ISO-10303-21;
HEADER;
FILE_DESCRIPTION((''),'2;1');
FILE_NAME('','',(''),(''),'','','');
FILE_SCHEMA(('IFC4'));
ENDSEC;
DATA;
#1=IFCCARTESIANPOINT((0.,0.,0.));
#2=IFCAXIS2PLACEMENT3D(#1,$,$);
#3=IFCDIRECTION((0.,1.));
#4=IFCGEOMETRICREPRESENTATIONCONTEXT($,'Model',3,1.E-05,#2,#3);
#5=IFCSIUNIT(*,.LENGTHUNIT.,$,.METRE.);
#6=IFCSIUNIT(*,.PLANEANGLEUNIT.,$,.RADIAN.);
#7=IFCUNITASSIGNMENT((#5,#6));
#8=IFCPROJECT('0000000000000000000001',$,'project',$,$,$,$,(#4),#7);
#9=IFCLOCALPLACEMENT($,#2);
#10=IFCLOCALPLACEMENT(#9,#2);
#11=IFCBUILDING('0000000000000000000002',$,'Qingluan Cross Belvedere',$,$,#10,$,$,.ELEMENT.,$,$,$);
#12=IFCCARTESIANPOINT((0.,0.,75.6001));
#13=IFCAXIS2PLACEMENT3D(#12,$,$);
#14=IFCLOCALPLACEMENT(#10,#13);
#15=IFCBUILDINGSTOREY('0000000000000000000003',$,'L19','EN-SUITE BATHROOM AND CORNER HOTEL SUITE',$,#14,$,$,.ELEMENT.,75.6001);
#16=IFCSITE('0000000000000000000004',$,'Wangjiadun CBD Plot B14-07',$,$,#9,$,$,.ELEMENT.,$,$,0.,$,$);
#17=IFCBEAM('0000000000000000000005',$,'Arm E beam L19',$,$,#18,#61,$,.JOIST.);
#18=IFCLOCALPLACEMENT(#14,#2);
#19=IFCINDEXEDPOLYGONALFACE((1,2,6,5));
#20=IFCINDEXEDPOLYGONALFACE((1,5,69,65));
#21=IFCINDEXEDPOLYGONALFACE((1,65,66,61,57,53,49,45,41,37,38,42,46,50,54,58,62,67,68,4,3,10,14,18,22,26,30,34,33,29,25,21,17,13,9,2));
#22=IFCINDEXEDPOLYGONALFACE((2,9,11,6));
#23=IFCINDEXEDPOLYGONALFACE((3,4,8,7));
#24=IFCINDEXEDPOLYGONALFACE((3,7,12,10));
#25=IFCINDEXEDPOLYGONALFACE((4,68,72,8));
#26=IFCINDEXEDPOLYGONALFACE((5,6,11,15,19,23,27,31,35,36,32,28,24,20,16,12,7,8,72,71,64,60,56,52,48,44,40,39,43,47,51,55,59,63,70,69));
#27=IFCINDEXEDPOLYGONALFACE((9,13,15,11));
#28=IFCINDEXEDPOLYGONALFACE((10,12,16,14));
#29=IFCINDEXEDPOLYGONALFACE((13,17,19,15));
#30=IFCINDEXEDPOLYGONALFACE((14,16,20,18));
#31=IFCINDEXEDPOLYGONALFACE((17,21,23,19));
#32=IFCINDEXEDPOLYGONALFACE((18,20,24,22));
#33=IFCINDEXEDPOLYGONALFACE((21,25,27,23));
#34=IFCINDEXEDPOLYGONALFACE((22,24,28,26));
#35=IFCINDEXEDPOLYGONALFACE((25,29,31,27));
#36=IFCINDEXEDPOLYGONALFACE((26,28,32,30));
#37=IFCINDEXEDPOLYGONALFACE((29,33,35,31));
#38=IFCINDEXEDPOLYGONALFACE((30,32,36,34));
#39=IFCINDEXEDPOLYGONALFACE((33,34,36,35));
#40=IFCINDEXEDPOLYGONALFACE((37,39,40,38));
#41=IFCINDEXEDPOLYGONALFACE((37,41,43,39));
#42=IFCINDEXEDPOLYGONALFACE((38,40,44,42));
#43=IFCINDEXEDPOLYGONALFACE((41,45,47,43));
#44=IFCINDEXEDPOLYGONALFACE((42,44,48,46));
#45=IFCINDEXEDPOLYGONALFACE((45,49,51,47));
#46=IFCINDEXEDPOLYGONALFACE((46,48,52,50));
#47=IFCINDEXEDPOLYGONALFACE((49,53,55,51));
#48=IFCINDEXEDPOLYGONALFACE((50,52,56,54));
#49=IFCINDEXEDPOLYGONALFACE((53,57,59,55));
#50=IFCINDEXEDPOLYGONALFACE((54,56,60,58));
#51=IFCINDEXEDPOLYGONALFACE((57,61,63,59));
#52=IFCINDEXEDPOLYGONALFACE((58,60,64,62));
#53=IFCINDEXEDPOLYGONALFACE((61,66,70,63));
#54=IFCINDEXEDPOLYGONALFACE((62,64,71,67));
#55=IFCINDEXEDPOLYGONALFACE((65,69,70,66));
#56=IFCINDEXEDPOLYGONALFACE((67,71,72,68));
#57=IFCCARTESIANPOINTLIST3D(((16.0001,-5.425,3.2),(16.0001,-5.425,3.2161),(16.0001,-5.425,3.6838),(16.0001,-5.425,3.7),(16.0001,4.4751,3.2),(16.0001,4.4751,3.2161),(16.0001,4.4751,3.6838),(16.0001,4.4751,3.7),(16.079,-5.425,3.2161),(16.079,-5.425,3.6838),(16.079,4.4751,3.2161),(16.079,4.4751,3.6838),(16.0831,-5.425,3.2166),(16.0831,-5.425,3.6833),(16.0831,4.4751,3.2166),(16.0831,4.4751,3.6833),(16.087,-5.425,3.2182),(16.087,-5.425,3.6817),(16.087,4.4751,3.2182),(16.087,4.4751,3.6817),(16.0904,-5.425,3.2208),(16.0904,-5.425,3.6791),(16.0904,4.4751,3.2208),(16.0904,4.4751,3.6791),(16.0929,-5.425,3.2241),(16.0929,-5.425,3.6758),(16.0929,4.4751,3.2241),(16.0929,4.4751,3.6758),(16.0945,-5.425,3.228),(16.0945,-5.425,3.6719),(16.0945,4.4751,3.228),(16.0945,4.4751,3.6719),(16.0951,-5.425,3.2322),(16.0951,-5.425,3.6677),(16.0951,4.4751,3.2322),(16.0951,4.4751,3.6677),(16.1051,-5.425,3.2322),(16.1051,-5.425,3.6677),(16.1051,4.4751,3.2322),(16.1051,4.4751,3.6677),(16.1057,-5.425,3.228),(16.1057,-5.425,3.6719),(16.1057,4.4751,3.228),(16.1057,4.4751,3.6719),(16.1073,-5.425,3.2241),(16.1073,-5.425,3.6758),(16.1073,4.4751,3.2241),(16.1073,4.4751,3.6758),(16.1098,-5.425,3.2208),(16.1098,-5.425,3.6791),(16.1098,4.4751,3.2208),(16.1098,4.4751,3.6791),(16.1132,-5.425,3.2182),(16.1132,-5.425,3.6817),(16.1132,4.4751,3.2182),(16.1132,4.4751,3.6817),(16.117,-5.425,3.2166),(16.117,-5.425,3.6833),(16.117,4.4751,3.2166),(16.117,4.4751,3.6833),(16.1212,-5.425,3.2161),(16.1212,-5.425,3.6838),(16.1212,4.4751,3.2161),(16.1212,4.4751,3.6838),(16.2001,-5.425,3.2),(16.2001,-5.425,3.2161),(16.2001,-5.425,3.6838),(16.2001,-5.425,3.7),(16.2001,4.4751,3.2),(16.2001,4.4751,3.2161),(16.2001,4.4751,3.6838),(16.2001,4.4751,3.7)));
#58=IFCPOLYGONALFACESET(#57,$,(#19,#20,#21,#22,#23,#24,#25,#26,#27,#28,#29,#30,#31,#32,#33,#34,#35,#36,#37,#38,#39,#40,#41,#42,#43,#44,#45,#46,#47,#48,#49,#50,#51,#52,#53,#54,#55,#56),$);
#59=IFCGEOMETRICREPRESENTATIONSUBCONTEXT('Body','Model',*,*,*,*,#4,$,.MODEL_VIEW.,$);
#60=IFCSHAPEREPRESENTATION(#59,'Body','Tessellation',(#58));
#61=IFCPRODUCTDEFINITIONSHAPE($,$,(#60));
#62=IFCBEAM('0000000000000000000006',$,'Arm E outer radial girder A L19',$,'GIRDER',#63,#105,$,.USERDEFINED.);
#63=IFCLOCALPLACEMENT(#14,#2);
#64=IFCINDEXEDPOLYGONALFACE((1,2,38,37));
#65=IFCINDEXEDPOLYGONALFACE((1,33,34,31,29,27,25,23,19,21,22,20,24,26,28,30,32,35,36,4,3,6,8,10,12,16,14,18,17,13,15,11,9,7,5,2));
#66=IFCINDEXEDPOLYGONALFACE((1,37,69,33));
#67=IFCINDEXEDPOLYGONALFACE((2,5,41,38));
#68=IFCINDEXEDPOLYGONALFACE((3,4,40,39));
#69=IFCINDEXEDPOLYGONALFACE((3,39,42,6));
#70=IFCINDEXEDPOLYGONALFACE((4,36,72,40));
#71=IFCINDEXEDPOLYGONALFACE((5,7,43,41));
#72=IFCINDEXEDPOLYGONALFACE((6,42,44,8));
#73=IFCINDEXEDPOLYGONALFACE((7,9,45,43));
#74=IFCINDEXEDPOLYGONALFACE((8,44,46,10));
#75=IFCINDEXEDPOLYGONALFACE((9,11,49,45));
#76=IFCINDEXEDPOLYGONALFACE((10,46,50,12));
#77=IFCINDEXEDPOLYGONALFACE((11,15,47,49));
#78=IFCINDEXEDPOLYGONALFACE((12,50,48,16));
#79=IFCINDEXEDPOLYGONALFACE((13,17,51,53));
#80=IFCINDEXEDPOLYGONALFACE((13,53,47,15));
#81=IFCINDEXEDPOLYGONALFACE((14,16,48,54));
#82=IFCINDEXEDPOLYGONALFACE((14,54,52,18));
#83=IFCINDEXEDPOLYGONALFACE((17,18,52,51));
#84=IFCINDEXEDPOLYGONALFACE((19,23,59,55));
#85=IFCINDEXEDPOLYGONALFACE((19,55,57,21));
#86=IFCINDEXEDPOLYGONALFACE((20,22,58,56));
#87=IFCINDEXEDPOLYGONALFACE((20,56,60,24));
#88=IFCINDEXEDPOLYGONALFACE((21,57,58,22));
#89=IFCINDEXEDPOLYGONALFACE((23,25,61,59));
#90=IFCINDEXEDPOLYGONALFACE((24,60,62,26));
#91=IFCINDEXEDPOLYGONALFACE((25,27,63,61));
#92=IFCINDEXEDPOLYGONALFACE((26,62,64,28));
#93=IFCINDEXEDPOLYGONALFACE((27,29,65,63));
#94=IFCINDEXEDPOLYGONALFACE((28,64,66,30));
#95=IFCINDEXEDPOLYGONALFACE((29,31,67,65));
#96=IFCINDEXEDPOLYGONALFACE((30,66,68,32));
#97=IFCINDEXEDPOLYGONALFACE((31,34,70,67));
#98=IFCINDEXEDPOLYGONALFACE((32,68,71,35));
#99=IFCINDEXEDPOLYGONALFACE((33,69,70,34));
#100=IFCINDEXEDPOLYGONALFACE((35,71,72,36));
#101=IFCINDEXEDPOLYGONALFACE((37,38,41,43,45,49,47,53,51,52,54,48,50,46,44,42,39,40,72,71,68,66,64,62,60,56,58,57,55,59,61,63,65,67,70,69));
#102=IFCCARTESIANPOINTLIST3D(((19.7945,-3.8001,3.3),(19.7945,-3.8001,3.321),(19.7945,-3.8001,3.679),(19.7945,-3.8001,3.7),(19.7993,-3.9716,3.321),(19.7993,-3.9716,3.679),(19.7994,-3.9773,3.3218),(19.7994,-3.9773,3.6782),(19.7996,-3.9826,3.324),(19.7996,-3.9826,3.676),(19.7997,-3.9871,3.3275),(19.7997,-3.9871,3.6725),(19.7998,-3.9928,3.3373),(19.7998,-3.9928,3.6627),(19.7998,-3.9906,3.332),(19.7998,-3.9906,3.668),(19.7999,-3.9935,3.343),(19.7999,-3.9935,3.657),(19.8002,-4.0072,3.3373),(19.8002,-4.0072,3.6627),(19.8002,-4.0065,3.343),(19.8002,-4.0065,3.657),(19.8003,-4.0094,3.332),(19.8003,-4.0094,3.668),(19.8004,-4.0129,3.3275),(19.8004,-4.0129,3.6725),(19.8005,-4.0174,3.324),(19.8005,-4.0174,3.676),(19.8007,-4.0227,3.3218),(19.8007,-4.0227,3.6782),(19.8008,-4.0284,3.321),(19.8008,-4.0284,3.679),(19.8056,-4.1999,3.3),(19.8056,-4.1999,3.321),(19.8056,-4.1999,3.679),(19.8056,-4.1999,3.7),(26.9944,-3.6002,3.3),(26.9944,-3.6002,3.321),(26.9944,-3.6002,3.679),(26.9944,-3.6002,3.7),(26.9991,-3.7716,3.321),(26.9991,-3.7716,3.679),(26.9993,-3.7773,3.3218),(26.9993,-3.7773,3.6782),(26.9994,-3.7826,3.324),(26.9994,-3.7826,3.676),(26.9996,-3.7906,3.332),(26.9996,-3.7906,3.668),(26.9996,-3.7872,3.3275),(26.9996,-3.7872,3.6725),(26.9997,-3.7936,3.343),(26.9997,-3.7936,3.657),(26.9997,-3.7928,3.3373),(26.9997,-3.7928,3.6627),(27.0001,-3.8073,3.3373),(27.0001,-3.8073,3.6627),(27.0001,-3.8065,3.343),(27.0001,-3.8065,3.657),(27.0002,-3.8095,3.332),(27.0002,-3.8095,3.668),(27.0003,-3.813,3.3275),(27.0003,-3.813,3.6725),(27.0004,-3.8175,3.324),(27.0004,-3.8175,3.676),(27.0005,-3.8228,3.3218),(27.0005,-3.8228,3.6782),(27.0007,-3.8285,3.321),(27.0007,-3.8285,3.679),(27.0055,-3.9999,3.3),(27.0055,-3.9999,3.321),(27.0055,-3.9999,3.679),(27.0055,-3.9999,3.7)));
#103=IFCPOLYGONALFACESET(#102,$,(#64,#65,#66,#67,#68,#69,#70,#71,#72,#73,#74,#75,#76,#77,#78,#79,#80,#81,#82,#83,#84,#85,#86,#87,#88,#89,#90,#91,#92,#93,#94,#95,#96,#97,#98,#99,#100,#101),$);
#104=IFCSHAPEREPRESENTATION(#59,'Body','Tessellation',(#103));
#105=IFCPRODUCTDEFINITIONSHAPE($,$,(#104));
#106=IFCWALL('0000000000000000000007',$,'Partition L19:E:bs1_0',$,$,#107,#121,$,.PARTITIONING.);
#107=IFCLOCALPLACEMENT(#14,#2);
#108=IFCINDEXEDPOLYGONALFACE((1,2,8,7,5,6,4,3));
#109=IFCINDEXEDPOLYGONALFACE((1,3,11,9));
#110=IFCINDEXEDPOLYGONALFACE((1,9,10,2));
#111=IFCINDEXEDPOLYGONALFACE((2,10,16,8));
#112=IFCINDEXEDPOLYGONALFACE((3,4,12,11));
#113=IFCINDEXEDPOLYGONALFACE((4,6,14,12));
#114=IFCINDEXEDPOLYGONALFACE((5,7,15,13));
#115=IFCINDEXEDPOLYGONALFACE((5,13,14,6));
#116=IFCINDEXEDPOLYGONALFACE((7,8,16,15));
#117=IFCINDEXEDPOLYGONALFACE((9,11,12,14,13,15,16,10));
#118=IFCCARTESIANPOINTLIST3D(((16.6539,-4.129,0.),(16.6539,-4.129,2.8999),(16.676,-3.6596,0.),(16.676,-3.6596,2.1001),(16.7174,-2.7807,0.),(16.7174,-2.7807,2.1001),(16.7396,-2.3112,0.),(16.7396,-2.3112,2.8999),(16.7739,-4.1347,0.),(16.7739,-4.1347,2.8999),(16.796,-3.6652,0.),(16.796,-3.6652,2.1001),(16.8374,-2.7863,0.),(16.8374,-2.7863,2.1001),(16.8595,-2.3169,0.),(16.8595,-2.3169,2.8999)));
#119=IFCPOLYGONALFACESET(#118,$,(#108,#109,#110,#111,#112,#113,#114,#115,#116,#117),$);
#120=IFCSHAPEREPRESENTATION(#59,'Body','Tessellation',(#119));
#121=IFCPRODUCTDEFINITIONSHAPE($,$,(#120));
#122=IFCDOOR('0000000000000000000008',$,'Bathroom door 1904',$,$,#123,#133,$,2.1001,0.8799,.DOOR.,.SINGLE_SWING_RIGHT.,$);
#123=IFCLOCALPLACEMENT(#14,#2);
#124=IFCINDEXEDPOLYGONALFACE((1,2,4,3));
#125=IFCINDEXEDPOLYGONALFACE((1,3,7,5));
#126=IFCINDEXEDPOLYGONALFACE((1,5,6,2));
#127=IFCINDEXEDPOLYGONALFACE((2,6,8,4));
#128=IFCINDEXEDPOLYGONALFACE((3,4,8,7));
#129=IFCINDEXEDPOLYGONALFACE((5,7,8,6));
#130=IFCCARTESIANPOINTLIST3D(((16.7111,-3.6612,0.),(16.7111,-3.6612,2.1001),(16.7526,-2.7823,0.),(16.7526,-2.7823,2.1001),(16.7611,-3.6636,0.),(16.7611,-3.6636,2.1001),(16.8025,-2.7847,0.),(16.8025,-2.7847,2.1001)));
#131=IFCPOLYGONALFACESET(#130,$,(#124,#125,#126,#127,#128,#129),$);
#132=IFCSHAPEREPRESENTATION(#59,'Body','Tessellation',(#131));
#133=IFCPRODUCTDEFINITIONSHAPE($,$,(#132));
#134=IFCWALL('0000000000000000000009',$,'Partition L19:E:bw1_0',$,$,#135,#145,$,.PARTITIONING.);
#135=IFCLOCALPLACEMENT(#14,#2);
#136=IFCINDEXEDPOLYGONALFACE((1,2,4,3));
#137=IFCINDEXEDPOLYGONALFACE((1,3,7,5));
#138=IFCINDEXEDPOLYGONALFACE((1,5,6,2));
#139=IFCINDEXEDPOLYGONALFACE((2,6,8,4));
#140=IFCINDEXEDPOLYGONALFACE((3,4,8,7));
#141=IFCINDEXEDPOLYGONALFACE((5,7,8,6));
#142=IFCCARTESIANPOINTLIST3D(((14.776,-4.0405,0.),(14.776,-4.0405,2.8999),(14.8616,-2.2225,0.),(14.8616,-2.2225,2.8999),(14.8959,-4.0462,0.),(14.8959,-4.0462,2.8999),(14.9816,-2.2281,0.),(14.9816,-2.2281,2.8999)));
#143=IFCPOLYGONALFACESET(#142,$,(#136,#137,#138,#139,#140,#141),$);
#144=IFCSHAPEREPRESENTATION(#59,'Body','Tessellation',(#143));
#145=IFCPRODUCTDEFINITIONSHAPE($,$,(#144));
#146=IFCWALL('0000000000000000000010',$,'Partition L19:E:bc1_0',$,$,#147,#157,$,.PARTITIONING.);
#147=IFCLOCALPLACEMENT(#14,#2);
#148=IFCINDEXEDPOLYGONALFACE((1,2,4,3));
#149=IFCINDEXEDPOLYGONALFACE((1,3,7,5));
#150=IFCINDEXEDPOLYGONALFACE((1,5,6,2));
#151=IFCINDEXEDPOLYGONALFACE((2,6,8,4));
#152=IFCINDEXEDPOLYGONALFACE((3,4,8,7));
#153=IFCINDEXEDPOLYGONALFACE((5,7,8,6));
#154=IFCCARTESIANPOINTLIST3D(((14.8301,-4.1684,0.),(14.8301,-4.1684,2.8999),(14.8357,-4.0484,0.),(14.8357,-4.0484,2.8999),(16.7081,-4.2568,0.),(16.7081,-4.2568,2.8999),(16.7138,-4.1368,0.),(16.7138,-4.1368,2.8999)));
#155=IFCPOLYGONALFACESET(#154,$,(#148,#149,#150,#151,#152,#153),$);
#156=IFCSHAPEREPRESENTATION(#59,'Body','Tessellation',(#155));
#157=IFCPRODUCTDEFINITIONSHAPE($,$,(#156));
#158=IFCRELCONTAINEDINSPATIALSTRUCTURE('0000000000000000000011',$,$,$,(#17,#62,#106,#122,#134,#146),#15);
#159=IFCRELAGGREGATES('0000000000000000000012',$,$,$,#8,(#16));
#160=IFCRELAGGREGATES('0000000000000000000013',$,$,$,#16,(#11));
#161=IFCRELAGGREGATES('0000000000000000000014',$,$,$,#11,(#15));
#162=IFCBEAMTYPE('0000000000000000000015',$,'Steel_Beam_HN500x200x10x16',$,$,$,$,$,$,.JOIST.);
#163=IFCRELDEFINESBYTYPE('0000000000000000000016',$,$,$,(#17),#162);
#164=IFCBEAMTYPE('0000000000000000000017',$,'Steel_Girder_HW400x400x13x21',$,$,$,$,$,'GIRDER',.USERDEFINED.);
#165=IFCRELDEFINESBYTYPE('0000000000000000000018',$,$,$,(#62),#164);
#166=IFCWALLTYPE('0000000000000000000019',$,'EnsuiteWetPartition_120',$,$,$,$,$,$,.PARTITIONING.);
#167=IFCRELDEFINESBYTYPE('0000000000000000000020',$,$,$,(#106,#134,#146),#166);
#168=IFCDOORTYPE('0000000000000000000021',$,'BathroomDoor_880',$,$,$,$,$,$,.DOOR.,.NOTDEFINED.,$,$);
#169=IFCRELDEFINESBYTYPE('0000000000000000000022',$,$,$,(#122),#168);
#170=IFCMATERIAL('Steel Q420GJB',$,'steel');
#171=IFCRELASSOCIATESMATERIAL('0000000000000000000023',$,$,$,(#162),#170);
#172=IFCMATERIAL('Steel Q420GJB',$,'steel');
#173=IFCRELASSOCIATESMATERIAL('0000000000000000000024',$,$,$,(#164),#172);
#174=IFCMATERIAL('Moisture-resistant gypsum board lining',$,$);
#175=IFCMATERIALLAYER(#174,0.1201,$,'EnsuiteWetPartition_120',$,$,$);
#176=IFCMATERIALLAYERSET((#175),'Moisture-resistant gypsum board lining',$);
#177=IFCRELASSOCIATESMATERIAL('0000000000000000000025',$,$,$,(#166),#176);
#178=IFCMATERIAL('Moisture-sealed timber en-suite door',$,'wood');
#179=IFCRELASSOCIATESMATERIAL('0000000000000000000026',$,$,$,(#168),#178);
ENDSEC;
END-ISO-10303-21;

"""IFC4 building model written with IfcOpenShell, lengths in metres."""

from ifc_helpers import new_model, si_unit, direction, frame, frame_2d, origin, origin_2d, place, context, subcontext, project, spatial, rectangle, i_section, extrude, material, layer, layer_set, material_profile, profile_set, type_object, element, fill, save


model = new_model("IFC4")

# Units and contexts
model_context = context("Model", 3, precision=1e-05, world=origin(), true_north=direction((0.0, 1.0)))
body_context = subcontext(model_context, "Body", "Model", "MODEL_VIEW")
ifc_project = project(units=[si_unit("LENGTHUNIT", "METRE"), si_unit("PLANEANGLEUNIT", "RADIAN")], contexts=[model_context])

# Site, building, storey
site_placement = place(None, origin())
site = spatial("IfcSite", under=ifc_project, at=site_placement, Name="Wangjiadun CBD Plot B14-07", CompositionType="ELEMENT", RefElevation=0.0)
building_placement = place(site_placement, origin())
building = spatial("IfcBuilding", under=site, at=building_placement, Name="Qingluan Cross Belvedere", CompositionType="ELEMENT")
storey_placement = place(building_placement, frame((0.0, 0.0, 75.6001)))
storey = spatial("IfcBuildingStorey", under=building, at=storey_placement, Name="L19", Description="EN-SUITE BATHROOM AND CORNER HOTEL SUITE", CompositionType="ELEMENT", Elevation=75.6001)

# Beams
ifc_material_1 = material(Name="Steel Q420GJB", Category="steel")
ifc_material_profile_1 = material_profile(ifc_material_1, i_section(OverallWidth=0.2, OverallDepth=0.5, WebThickness=0.01, FlangeThickness=0.0161, FilletRadius=0.0161, at=origin_2d()), Name="HN500x200x10x16")
ifc_profile_set_1 = profile_set([ifc_material_profile_1], Name="Steel Q420GJB")
beam_type_1 = type_object("IfcBeamType", Name="Steel_Beam_HN500x200x10x16", PredefinedType="JOIST", material=ifc_profile_set_1)
beam_1_placement = place(storey_placement, frame((16.1001, -5.425, 3.45), z_axis=(0.0, 1.0, 0.0), x_axis=(-1.0, 0.0, 0.0)))
element("IfcBeam", 1, at=beam_1_placement, inside=storey, type_object=beam_type_1, Name="Arm E beam L19", PredefinedType="JOIST", context=body_context, shape_type="SweptSolid", body=[
    extrude(i_section(OverallWidth=0.2, OverallDepth=0.5, WebThickness=0.01, FlangeThickness=0.0161, FilletRadius=0.0161, at=origin_2d()), origin(), (0.0, 0.0, 1.0), 9.9001),
])
ifc_material_2 = material(Name="Steel Q420GJB", Category="steel")
ifc_material_profile_2 = material_profile(ifc_material_2, i_section(OverallWidth=0.3999, OverallDepth=0.3999, WebThickness=0.0129, FlangeThickness=0.021, FilletRadius=0.022, at=origin_2d()), Name="HW400x400x13x21")
ifc_profile_set_2 = profile_set([ifc_material_profile_2], Name="Steel Q420GJB")
beam_type_2 = type_object("IfcBeamType", Name="Steel_Girder_HW400x400x13x21", ElementType="GIRDER", PredefinedType="USERDEFINED", material=ifc_profile_set_2)
beam_2_placement = place(storey_placement, frame((19.8, -4.0, 3.5), z_axis=(0.999615, 0.02776, 0.0), x_axis=(-0.02776, 0.999615, 0.0)))
element("IfcBeam", 2, at=beam_2_placement, inside=storey, type_object=beam_type_2, Name="Arm E outer radial girder A L19", ObjectType="GIRDER", PredefinedType="USERDEFINED", context=body_context, shape_type="SweptSolid", body=[
    extrude(i_section(OverallWidth=0.3999, OverallDepth=0.3999, WebThickness=0.0129, FlangeThickness=0.021, FilletRadius=0.022, at=origin_2d()), origin(), (0.0, 0.0, 1.0), 7.2026),
])

# Wall, opening, door
ifc_material_3 = material(Name="Moisture-resistant gypsum board lining")
ifc_layer_1 = layer(ifc_material_3, 0.1201, Name="EnsuiteWetPartition_120")
ifc_layer_set_1 = layer_set([ifc_layer_1], Name="Moisture-resistant gypsum board lining")
wall_type_1 = type_object("IfcWallType", Name="EnsuiteWetPartition_120", PredefinedType="PARTITIONING", material=ifc_layer_set_1)
wall_1_placement = place(storey_placement, frame((16.7139, -4.1318, 0.0), z_axis=(0.0, 0.0, 1.0), x_axis=(0.047087, 0.998891, 0.0)))
wall_1 = element("IfcWall", 3, at=wall_1_placement, inside=storey, type_object=wall_type_1, Name="Partition L19:E:bs1_0", PredefinedType="PARTITIONING", context=body_context, shape_type="SweptSolid", body=[
    extrude(rectangle(XDim=1.8198, YDim=0.1201, at=frame_2d((0.9099, 0.0))), origin(), (0.0, 0.0, 1.0), 2.8999),
])
opening_1_placement = place(wall_1_placement, frame((0.47, 0.0, 0.0)))
opening_1 = element("IfcOpeningElement", 4, at=opening_1_placement, cuts=wall_1, PredefinedType="OPENING", context=body_context, shape_type="SweptSolid", body=[
    extrude(rectangle(XDim=0.8799, YDim=2.1001, at=frame_2d((0.4399, 1.05))), frame((0.0, 0.0701, 0.0), z_axis=(0.0, -1.0, 0.0), x_axis=(1.0, 0.0, 0.0)), (0.0, 0.0, 1.0), 0.1401),
])
ifc_material_4 = material(Name="Moisture-sealed timber en-suite door", Category="wood")
door_type = type_object("IfcDoorType", Name="BathroomDoor_880", OperationType="NOTDEFINED", PredefinedType="DOOR", material=ifc_material_4)
door_1_placement = place(opening_1_placement, origin())
door_1 = element("IfcDoor", 5, at=door_1_placement, inside=storey, type_object=door_type, Name="Bathroom door 1904", OperationType="SINGLE_SWING_RIGHT", OverallHeight=2.1001, OverallWidth=0.8799, PredefinedType="DOOR", context=body_context, shape_type="SweptSolid", body=[
    extrude(rectangle(XDim=0.8799, YDim=2.1001, at=frame_2d((0.4399, 1.05))), frame((0.0, 0.0249, 0.0), z_axis=(0.0, -1.0, 0.0), x_axis=(1.0, 0.0, 0.0)), (0.0, 0.0, 1.0), 0.05),
])
fill(opening_1, door_1)

# Walls
wall_2_placement = place(storey_placement, frame((14.8359, -4.0435, 0.0), z_axis=(0.0, 0.0, 1.0), x_axis=(0.047081, 0.998891, 0.0)))
element("IfcWall", 6, at=wall_2_placement, inside=storey, type_object=wall_type_1, Name="Partition L19:E:bw1_0", PredefinedType="PARTITIONING", context=body_context, shape_type="SweptSolid", body=[
    extrude(rectangle(XDim=1.8201, YDim=0.1201, at=frame_2d((0.9102, 0.0))), origin(), (0.0, 0.0, 1.0), 2.8999),
])
wall_3_placement = place(storey_placement, frame((14.833, -4.1084, 0.0), z_axis=(0.0, 0.0, 1.0), x_axis=(0.998894, -0.04701, 0.0)))
element("IfcWall", 7, at=wall_3_placement, inside=storey, type_object=wall_type_1, Name="Partition L19:E:bc1_0", PredefinedType="PARTITIONING", context=body_context, shape_type="SweptSolid", body=[
    extrude(rectangle(XDim=1.8801, YDim=0.1201, at=frame_2d((0.9399, 0.0))), origin(), (0.0, 0.0, 1.0), 2.8999),
])

save(model, "model.ifc")
